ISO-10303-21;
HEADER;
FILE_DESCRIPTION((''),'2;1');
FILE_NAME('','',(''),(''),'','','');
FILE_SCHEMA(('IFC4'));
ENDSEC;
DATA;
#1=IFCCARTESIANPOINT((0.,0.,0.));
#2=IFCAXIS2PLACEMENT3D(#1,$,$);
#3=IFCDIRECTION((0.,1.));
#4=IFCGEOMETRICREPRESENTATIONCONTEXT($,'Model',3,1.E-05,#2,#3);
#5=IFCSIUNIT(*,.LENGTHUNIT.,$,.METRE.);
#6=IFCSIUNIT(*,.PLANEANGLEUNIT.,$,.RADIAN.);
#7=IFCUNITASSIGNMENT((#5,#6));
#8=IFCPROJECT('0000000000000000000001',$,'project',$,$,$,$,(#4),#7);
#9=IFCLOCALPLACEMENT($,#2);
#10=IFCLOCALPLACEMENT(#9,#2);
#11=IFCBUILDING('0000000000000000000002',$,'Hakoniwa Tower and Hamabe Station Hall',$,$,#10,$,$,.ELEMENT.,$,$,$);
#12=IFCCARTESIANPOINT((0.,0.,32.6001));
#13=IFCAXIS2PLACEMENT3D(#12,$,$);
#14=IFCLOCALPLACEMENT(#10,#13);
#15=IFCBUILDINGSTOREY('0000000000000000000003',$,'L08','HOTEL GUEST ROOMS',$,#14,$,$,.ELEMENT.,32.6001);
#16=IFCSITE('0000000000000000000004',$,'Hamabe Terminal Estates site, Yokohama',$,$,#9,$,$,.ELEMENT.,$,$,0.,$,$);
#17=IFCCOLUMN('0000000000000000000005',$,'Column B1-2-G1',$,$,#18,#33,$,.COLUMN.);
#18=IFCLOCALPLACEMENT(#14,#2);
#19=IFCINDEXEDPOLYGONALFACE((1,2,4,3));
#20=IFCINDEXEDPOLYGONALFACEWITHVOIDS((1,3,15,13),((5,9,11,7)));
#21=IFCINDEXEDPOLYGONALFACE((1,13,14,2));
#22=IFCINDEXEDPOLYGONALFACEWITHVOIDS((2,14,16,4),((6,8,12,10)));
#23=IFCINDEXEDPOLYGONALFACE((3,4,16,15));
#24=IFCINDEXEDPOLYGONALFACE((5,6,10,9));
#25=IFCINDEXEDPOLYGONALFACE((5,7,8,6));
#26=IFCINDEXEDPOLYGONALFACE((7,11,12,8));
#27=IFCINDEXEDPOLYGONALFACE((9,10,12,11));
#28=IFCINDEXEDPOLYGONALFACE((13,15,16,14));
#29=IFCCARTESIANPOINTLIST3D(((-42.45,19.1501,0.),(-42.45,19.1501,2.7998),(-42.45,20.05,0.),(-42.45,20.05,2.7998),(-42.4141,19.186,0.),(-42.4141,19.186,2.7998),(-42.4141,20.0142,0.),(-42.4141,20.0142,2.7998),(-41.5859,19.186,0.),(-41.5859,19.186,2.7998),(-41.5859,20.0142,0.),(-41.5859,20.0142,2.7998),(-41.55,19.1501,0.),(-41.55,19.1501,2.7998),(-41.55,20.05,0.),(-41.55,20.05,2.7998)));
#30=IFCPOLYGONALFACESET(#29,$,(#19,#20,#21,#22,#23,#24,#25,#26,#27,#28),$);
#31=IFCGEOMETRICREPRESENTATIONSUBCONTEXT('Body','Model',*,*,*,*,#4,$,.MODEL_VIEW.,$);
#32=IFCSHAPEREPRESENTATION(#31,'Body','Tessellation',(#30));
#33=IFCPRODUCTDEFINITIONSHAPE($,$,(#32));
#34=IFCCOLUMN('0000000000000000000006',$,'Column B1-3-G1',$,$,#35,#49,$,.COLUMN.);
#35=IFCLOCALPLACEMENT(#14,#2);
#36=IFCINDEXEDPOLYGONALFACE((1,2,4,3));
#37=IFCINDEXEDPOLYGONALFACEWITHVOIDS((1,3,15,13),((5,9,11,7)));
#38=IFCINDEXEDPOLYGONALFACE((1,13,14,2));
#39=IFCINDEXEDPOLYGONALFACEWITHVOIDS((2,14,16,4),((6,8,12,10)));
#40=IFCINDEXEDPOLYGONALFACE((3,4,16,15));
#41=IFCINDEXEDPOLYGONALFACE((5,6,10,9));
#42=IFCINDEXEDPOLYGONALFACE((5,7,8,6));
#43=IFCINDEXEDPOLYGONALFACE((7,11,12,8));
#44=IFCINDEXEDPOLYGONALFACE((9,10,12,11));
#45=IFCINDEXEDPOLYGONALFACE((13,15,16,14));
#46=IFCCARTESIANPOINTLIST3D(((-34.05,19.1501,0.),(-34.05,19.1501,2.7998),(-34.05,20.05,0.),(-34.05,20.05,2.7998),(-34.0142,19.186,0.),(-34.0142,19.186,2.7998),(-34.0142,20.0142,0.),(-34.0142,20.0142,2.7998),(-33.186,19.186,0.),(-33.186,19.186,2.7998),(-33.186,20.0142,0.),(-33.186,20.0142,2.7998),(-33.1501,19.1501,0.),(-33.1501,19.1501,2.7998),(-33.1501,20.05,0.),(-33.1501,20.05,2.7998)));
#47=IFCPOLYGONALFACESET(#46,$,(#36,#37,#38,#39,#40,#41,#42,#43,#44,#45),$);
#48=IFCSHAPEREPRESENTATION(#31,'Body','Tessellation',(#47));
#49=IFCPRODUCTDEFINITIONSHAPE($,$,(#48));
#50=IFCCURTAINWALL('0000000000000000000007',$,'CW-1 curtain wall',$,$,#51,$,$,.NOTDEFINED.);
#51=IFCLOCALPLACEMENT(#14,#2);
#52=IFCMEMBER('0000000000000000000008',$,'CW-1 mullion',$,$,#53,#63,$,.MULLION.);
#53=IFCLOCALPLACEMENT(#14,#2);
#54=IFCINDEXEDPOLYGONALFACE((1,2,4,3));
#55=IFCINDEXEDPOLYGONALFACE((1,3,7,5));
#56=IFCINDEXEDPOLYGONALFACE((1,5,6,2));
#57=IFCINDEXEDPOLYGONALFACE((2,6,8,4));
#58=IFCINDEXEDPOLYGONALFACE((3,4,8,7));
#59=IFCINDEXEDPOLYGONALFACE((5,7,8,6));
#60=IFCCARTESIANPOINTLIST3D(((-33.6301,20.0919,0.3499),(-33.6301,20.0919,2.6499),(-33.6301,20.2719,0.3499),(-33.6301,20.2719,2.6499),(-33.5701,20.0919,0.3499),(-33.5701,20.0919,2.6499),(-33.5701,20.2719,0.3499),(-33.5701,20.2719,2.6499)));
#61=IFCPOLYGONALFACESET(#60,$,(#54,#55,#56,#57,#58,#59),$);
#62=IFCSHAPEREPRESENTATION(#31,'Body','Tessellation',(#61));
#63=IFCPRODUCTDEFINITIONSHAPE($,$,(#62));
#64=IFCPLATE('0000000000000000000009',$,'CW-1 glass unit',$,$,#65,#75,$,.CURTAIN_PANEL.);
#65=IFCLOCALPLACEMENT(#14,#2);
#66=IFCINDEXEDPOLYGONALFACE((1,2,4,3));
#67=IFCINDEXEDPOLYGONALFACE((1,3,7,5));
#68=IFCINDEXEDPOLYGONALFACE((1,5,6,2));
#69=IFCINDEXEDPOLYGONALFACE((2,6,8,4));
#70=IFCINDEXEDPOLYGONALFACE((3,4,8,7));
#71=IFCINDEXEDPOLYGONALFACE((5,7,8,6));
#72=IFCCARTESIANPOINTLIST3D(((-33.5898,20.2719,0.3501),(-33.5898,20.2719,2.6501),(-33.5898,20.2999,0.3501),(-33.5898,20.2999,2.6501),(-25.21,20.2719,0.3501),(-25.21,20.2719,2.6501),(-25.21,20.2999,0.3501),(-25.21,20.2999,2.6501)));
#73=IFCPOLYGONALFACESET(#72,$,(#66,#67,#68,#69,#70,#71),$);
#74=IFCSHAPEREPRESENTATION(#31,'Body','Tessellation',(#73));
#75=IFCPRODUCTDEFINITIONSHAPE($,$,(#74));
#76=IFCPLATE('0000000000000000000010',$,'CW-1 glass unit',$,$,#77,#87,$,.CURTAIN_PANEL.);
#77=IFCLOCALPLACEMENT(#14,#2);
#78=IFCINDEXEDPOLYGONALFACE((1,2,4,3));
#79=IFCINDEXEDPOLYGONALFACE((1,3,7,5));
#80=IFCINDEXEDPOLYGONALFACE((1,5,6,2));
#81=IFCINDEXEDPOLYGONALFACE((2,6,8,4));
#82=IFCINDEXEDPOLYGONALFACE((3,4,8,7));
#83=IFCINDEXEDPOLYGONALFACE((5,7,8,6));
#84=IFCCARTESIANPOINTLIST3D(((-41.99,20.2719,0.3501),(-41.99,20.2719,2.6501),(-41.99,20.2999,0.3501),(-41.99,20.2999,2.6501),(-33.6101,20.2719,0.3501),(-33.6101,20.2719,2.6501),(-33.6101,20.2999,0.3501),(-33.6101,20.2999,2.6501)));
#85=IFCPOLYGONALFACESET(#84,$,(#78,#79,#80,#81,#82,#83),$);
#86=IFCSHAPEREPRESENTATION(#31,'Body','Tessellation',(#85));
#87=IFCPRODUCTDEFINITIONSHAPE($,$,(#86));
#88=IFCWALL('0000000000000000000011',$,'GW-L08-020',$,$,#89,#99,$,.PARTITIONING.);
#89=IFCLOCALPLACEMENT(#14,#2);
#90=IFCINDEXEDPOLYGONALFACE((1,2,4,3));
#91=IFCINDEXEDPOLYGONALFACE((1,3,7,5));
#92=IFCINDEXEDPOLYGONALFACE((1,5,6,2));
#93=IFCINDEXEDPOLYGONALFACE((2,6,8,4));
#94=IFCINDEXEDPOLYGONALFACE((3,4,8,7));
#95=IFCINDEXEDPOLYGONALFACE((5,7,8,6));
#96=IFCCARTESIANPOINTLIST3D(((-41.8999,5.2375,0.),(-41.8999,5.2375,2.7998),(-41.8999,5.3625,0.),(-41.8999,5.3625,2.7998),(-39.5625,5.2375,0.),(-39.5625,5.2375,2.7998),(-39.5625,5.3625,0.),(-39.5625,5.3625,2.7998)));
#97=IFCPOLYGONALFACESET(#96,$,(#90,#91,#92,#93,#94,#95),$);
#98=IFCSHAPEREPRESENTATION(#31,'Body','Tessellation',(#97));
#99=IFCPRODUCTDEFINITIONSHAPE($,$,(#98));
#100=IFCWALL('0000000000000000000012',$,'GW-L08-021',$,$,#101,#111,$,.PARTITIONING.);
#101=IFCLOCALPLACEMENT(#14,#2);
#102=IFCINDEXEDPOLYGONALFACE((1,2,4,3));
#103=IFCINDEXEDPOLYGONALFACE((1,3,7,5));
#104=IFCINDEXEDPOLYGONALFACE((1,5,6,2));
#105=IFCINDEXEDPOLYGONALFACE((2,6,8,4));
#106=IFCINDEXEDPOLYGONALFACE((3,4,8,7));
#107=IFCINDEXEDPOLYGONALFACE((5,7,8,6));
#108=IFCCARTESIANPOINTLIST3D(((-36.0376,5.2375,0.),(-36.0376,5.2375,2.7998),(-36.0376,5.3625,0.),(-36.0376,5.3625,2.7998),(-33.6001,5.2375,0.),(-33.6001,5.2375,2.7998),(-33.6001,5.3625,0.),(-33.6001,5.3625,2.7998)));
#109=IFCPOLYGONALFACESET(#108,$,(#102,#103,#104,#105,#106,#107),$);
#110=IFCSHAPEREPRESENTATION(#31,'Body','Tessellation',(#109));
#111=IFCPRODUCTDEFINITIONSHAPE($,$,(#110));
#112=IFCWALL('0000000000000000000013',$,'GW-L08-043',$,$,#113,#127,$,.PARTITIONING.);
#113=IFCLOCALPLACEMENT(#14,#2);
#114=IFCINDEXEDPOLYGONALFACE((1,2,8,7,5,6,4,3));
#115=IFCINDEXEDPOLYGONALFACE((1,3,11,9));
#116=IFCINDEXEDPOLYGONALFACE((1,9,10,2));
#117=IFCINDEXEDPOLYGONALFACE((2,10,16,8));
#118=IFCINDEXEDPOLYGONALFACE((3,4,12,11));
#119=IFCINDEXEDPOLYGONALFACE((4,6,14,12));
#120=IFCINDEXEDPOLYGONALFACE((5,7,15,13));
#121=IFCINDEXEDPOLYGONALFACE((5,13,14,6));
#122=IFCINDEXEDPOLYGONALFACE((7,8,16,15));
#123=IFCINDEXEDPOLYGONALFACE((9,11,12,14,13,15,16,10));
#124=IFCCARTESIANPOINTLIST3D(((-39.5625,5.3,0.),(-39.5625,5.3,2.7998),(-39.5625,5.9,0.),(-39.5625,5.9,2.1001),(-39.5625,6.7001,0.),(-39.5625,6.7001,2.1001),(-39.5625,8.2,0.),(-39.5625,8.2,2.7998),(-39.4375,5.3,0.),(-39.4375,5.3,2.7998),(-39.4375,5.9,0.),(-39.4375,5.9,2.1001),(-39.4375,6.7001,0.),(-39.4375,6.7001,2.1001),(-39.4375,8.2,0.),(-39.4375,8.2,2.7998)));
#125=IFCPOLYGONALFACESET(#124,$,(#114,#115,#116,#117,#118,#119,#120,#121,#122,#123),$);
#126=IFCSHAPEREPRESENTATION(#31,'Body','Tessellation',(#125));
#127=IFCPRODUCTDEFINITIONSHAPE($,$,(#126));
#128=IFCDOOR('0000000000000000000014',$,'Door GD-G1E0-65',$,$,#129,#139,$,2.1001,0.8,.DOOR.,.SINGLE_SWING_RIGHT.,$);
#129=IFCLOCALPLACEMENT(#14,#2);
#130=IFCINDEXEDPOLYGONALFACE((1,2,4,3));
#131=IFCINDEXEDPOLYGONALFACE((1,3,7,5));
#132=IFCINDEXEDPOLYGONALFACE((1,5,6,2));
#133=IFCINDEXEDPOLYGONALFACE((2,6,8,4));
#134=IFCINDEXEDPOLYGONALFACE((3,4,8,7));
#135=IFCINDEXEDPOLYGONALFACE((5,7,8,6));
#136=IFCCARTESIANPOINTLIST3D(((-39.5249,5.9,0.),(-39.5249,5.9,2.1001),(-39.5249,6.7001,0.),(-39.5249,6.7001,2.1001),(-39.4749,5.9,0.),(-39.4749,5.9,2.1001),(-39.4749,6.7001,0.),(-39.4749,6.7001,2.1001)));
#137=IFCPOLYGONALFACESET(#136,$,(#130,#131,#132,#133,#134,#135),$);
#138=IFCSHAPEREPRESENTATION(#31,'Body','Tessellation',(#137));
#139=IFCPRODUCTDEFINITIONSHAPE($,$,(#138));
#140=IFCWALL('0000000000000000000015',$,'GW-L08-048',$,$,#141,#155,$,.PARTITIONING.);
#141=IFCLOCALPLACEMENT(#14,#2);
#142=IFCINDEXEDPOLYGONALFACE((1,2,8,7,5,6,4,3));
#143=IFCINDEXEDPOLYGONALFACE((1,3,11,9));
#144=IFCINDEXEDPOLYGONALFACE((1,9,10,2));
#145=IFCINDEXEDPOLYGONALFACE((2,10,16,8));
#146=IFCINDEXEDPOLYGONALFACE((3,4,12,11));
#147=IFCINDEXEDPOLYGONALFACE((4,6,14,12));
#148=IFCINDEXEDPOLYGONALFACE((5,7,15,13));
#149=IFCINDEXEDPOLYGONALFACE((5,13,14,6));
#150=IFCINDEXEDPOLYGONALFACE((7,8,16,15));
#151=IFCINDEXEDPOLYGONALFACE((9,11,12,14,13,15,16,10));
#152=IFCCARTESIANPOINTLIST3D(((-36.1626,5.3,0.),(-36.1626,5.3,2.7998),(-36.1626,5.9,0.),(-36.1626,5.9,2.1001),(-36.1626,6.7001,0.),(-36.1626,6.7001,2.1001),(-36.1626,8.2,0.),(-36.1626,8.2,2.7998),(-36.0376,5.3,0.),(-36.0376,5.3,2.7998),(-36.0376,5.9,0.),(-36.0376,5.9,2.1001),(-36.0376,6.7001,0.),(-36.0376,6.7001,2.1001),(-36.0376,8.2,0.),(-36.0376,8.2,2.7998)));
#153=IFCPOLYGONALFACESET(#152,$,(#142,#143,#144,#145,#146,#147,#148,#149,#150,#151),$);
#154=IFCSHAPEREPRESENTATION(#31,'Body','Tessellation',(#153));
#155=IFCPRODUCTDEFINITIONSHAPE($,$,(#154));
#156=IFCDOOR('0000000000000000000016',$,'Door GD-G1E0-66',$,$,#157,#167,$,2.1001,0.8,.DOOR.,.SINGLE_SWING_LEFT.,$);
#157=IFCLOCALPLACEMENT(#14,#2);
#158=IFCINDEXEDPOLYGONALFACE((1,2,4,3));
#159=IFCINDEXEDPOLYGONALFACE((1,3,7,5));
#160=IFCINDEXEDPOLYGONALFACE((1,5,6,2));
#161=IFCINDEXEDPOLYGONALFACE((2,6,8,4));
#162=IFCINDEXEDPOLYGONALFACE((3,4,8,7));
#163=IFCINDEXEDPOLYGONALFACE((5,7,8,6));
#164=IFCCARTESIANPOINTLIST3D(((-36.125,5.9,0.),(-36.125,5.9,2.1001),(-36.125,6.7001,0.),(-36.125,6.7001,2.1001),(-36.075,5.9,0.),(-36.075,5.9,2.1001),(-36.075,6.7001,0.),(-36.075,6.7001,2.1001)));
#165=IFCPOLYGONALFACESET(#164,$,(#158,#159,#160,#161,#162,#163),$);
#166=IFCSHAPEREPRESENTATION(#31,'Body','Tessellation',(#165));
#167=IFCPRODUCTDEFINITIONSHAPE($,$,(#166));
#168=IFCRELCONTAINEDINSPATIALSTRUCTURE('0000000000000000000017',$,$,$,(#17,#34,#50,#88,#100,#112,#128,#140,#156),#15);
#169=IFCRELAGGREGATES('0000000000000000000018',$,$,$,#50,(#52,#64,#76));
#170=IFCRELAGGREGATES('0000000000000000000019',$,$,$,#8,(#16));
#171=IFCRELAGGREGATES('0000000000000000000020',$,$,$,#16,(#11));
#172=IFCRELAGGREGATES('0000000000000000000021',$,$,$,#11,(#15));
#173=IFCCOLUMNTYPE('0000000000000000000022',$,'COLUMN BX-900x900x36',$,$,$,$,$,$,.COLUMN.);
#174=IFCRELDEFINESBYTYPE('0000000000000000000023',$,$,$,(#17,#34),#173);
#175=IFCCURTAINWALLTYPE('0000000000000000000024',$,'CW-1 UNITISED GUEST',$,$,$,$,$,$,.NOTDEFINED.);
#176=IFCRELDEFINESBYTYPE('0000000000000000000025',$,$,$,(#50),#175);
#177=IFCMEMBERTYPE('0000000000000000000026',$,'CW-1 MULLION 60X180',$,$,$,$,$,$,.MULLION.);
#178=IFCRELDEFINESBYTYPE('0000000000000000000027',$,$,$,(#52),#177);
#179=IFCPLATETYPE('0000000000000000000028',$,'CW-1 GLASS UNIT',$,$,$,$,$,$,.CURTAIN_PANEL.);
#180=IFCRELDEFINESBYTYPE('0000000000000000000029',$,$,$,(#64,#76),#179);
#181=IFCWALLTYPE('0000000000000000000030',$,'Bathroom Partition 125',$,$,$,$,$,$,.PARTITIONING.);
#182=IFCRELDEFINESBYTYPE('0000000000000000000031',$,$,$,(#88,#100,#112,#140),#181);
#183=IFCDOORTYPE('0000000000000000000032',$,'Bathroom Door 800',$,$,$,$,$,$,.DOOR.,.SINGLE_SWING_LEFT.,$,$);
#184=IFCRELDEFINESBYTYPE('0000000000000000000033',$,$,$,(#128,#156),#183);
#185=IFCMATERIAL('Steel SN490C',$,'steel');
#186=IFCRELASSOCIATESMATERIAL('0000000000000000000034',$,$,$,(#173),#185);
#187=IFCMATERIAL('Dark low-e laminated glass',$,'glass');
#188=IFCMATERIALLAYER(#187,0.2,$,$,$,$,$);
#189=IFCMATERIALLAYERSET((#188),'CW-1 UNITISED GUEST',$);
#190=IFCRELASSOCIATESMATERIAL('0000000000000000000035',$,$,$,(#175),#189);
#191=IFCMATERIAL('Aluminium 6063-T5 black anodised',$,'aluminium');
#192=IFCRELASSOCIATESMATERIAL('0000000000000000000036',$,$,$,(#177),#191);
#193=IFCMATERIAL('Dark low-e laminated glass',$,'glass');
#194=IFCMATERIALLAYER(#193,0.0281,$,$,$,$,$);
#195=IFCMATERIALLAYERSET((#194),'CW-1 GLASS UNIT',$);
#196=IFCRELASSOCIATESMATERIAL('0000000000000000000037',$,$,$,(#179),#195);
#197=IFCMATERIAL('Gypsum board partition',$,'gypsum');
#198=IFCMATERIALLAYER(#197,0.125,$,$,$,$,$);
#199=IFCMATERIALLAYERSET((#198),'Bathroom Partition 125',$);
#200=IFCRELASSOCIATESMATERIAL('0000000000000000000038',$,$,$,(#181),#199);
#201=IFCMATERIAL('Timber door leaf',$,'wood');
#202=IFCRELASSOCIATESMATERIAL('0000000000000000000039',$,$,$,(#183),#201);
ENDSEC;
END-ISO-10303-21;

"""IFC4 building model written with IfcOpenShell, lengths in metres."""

from ifc_helpers import new_model, si_unit, direction, frame, frame_2d, origin, origin_2d, place, context, subcontext, project, spatial, rectangle, hollow_rectangle, extrude, material, layer, layer_set, material_profile, profile_set, type_object, element, fill, aggregate, save


model = new_model("IFC4")

# Units and contexts
model_context = context("Model", 3, precision=1e-05, world=origin(), true_north=direction((0.0, 1.0)))
body_context = subcontext(model_context, "Body", "Model", "MODEL_VIEW")
ifc_project = project(units=[si_unit("LENGTHUNIT", "METRE"), si_unit("PLANEANGLEUNIT", "RADIAN")], contexts=[model_context])

# Site, building, storey
site_placement = place(None, origin())
site = spatial("IfcSite", under=ifc_project, at=site_placement, Name="Hamabe Terminal Estates site, Yokohama", CompositionType="ELEMENT", RefElevation=0.0)
building_placement = place(site_placement, origin())
building = spatial("IfcBuilding", under=site, at=building_placement, Name="Hakoniwa Tower and Hamabe Station Hall", CompositionType="ELEMENT")
storey_placement = place(building_placement, frame((0.0, 0.0, 32.6001)))
storey = spatial("IfcBuildingStorey", under=building, at=storey_placement, Name="L08", Description="HOTEL GUEST ROOMS", CompositionType="ELEMENT", Elevation=32.6001)

# Columns
ifc_material_1 = material(Name="Steel SN490C", Category="steel")
ifc_material_profile_1 = material_profile(ifc_material_1, hollow_rectangle(XDim=0.8999, YDim=0.8999, WallThickness=0.0359, at=origin_2d()), Name="BX-900x900x36")
ifc_profile_set_1 = profile_set([ifc_material_profile_1], Name="Steel SN490C")
column_type = type_object("IfcColumnType", Name="COLUMN BX-900x900x36", PredefinedType="COLUMN", material=ifc_profile_set_1)
for number, where, z_axis, x_axis, name in (
    (1, (-42.0, 19.6001, 0.0), (0.0, 0.0, 1.0), (1.0, 0.0, 0.0), "Column B1-2-G1"),
    (2, (-33.6001, 19.6001, 0.0), (0.0, 0.0, 1.0), (1.0, 0.0, 0.0), "Column B1-3-G1"),
):
    element("IfcColumn", number, at=place(storey_placement, frame(where, z_axis=z_axis, x_axis=x_axis)), inside=storey, type_object=column_type, Name=name, PredefinedType="COLUMN", context=body_context, shape_type="SweptSolid", body=[
        extrude(hollow_rectangle(XDim=0.8999, YDim=0.8999, WallThickness=0.0359, at=origin_2d()), origin(), (0.0, 0.0, 1.0), 2.7998),
    ])

# Curtain wall, member, plates
ifc_material_2 = material(Name="Dark low-e laminated glass", Category="glass")
ifc_layer_1 = layer(ifc_material_2, 0.2)
ifc_layer_set_1 = layer_set([ifc_layer_1], Name="CW-1 UNITISED GUEST")
curtain_wall_type = type_object("IfcCurtainWallType", Name="CW-1 UNITISED GUEST", PredefinedType="NOTDEFINED", material=ifc_layer_set_1)
curtain_wall_placement = place(storey_placement, origin())
curtain_wall = element("IfcCurtainWall", 3, at=curtain_wall_placement, inside=storey, type_object=curtain_wall_type, Name="CW-1 curtain wall", PredefinedType="NOTDEFINED")
ifc_material_3 = material(Name="Aluminium 6063-T5 black anodised", Category="aluminium")
ifc_material_profile_2 = material_profile(ifc_material_3, rectangle(XDim=0.0601, YDim=0.1799, at=origin_2d()), Name="CW-1 MULLION 60X180")
ifc_profile_set_2 = profile_set([ifc_material_profile_2], Name="Aluminium 6063-T5 black anodised")
member_type = type_object("IfcMemberType", Name="CW-1 MULLION 60X180", PredefinedType="MULLION", material=ifc_profile_set_2)
member_placement = place(storey_placement, frame((-33.6001, 20.1819, 0.3499), z_axis=(0.0, 0.0, 1.0), x_axis=(-1.0, 0.0, 0.0)))
member = element("IfcMember", 4, at=member_placement, type_object=member_type, Name="CW-1 mullion", PredefinedType="MULLION", context=body_context, shape_type="SweptSolid", body=[
    extrude(rectangle(XDim=0.0601, YDim=0.1799, at=origin_2d()), origin(), (0.0, 0.0, 1.0), 2.3),
])
ifc_material_4 = material(Name="Dark low-e laminated glass", Category="glass")
ifc_layer_2 = layer(ifc_material_4, 0.0281)
ifc_layer_set_2 = layer_set([ifc_layer_2], Name="CW-1 GLASS UNIT")
plate_type = type_object("IfcPlateType", Name="CW-1 GLASS UNIT", PredefinedType="CURTAIN_PANEL", material=ifc_layer_set_2)
plate_1_placement = place(storey_placement, frame((-29.3999, 20.2859, 0.3501), z_axis=(0.0, 0.0, 1.0), x_axis=(-1.0, 0.0, 0.0)))
plate_1 = element("IfcPlate", 5, at=plate_1_placement, type_object=plate_type, Name="CW-1 glass unit", PredefinedType="CURTAIN_PANEL", context=body_context, shape_type="SweptSolid", body=[
    extrude(rectangle(XDim=8.3799, YDim=0.0281, at=origin_2d()), origin(), (0.0, 0.0, 1.0), 2.3),
])
plate_2_placement = place(storey_placement, frame((-37.8, 20.2859, 0.3501), z_axis=(0.0, 0.0, 1.0), x_axis=(-1.0, 0.0, 0.0)))
plate_2 = element("IfcPlate", 6, at=plate_2_placement, type_object=plate_type, Name="CW-1 glass unit", PredefinedType="CURTAIN_PANEL", context=body_context, shape_type="SweptSolid", body=[
    extrude(rectangle(XDim=8.3799, YDim=0.0281, at=origin_2d()), origin(), (0.0, 0.0, 1.0), 2.3),
])
aggregate(curtain_wall, [member, plate_1, plate_2])

# Walls
ifc_material_5 = material(Name="Gypsum board partition", Category="gypsum")
ifc_layer_3 = layer(ifc_material_5, 0.125)
ifc_layer_set_3 = layer_set([ifc_layer_3], Name="Bathroom Partition 125")
wall_type_1 = type_object("IfcWallType", Name="Bathroom Partition 125", PredefinedType="PARTITIONING", material=ifc_layer_set_3)
wall_1_placement = place(storey_placement, frame((-41.8999, 5.3, 0.0), z_axis=(0.0, 0.0, 1.0), x_axis=(1.0, 0.0, 0.0)))
element("IfcWall", 7, at=wall_1_placement, inside=storey, type_object=wall_type_1, Name="GW-L08-020", PredefinedType="PARTITIONING", context=body_context, shape_type="SweptSolid", body=[
    extrude(rectangle(XDim=2.3374, YDim=0.125, at=frame_2d((1.1687, 0.0))), origin(), (0.0, 0.0, 1.0), 2.7998),
])
wall_2_placement = place(storey_placement, frame((-36.0376, 5.3, 0.0), z_axis=(0.0, 0.0, 1.0), x_axis=(1.0, 0.0, 0.0)))
element("IfcWall", 8, at=wall_2_placement, inside=storey, type_object=wall_type_1, Name="GW-L08-021", PredefinedType="PARTITIONING", context=body_context, shape_type="SweptSolid", body=[
    extrude(rectangle(XDim=2.4375, YDim=0.125, at=frame_2d((1.2188, 0.0))), origin(), (0.0, 0.0, 1.0), 2.7998),
])

# Walls, openings, doors
wall_3_placement = place(storey_placement, frame((-39.5, 5.3, 0.0), z_axis=(0.0, 0.0, 1.0), x_axis=(0.0, 1.0, 0.0)))
wall_3 = element("IfcWall", 9, at=wall_3_placement, inside=storey, type_object=wall_type_1, Name="GW-L08-043", PredefinedType="PARTITIONING", context=body_context, shape_type="SweptSolid", body=[
    extrude(rectangle(XDim=2.8999, YDim=0.125, at=frame_2d((1.45, 0.0))), origin(), (0.0, 0.0, 1.0), 2.7998),
])
opening_1_placement = place(wall_3_placement, frame((0.6001, 0.0, 0.0)))
opening_1 = element("IfcOpeningElement", 10, at=opening_1_placement, cuts=wall_3, PredefinedType="OPENING", context=body_context, shape_type="SweptSolid", body=[
    extrude(rectangle(XDim=0.8, YDim=2.1001, at=frame_2d((0.3999, 1.05))), frame((0.0, 0.0725, 0.0), z_axis=(0.0, -1.0, 0.0), x_axis=(1.0, 0.0, 0.0)), (0.0, 0.0, 1.0), 0.145),
])
ifc_material_6 = material(Name="Timber door leaf", Category="wood")
door_type_1 = type_object("IfcDoorType", Name="Bathroom Door 800", OperationType="SINGLE_SWING_LEFT", PredefinedType="DOOR", material=ifc_material_6)
door_1_placement = place(opening_1_placement, origin())
door_1 = element("IfcDoor", 11, at=door_1_placement, inside=storey, type_object=door_type_1, Name="Door GD-G1E0-65", OperationType="SINGLE_SWING_RIGHT", OverallHeight=2.1001, OverallWidth=0.8, PredefinedType="DOOR", context=body_context, shape_type="SweptSolid", body=[
    extrude(rectangle(XDim=0.8, YDim=2.1001, at=frame_2d((0.3999, 1.05))), frame((0.0, 0.0249, 0.0), z_axis=(0.0, -1.0, 0.0), x_axis=(1.0, 0.0, 0.0)), (0.0, 0.0, 1.0), 0.05),
])
fill(opening_1, door_1)
wall_4_placement = place(storey_placement, frame((-36.1001, 5.3, 0.0), z_axis=(0.0, 0.0, 1.0), x_axis=(0.0, 1.0, 0.0)))
wall_4 = element("IfcWall", 12, at=wall_4_placement, inside=storey, type_object=wall_type_1, Name="GW-L08-048", PredefinedType="PARTITIONING", context=body_context, shape_type="SweptSolid", body=[
    extrude(rectangle(XDim=2.8999, YDim=0.125, at=frame_2d((1.45, 0.0))), origin(), (0.0, 0.0, 1.0), 2.7998),
])
opening_2_placement = place(wall_4_placement, frame((0.6001, 0.0, 0.0)))
opening_2 = element("IfcOpeningElement", 13, at=opening_2_placement, cuts=wall_4, PredefinedType="OPENING", context=body_context, shape_type="SweptSolid", body=[
    extrude(rectangle(XDim=0.8, YDim=2.1001, at=frame_2d((0.3999, 1.05))), frame((0.0, 0.0725, 0.0), z_axis=(0.0, -1.0, 0.0), x_axis=(1.0, 0.0, 0.0)), (0.0, 0.0, 1.0), 0.145),
])
door_2_placement = place(opening_2_placement, origin())
door_2 = element("IfcDoor", 14, at=door_2_placement, inside=storey, type_object=door_type_1, Name="Door GD-G1E0-66", OperationType="SINGLE_SWING_LEFT", OverallHeight=2.1001, OverallWidth=0.8, PredefinedType="DOOR", context=body_context, shape_type="SweptSolid", body=[
    extrude(rectangle(XDim=0.8, YDim=2.1001, at=frame_2d((0.3999, 1.05))), frame((0.0, 0.0249, 0.0), z_axis=(0.0, -1.0, 0.0), x_axis=(1.0, 0.0, 0.0)), (0.0, 0.0, 1.0), 0.05),
])
fill(opening_2, door_2)

save(model, "model.ifc")
